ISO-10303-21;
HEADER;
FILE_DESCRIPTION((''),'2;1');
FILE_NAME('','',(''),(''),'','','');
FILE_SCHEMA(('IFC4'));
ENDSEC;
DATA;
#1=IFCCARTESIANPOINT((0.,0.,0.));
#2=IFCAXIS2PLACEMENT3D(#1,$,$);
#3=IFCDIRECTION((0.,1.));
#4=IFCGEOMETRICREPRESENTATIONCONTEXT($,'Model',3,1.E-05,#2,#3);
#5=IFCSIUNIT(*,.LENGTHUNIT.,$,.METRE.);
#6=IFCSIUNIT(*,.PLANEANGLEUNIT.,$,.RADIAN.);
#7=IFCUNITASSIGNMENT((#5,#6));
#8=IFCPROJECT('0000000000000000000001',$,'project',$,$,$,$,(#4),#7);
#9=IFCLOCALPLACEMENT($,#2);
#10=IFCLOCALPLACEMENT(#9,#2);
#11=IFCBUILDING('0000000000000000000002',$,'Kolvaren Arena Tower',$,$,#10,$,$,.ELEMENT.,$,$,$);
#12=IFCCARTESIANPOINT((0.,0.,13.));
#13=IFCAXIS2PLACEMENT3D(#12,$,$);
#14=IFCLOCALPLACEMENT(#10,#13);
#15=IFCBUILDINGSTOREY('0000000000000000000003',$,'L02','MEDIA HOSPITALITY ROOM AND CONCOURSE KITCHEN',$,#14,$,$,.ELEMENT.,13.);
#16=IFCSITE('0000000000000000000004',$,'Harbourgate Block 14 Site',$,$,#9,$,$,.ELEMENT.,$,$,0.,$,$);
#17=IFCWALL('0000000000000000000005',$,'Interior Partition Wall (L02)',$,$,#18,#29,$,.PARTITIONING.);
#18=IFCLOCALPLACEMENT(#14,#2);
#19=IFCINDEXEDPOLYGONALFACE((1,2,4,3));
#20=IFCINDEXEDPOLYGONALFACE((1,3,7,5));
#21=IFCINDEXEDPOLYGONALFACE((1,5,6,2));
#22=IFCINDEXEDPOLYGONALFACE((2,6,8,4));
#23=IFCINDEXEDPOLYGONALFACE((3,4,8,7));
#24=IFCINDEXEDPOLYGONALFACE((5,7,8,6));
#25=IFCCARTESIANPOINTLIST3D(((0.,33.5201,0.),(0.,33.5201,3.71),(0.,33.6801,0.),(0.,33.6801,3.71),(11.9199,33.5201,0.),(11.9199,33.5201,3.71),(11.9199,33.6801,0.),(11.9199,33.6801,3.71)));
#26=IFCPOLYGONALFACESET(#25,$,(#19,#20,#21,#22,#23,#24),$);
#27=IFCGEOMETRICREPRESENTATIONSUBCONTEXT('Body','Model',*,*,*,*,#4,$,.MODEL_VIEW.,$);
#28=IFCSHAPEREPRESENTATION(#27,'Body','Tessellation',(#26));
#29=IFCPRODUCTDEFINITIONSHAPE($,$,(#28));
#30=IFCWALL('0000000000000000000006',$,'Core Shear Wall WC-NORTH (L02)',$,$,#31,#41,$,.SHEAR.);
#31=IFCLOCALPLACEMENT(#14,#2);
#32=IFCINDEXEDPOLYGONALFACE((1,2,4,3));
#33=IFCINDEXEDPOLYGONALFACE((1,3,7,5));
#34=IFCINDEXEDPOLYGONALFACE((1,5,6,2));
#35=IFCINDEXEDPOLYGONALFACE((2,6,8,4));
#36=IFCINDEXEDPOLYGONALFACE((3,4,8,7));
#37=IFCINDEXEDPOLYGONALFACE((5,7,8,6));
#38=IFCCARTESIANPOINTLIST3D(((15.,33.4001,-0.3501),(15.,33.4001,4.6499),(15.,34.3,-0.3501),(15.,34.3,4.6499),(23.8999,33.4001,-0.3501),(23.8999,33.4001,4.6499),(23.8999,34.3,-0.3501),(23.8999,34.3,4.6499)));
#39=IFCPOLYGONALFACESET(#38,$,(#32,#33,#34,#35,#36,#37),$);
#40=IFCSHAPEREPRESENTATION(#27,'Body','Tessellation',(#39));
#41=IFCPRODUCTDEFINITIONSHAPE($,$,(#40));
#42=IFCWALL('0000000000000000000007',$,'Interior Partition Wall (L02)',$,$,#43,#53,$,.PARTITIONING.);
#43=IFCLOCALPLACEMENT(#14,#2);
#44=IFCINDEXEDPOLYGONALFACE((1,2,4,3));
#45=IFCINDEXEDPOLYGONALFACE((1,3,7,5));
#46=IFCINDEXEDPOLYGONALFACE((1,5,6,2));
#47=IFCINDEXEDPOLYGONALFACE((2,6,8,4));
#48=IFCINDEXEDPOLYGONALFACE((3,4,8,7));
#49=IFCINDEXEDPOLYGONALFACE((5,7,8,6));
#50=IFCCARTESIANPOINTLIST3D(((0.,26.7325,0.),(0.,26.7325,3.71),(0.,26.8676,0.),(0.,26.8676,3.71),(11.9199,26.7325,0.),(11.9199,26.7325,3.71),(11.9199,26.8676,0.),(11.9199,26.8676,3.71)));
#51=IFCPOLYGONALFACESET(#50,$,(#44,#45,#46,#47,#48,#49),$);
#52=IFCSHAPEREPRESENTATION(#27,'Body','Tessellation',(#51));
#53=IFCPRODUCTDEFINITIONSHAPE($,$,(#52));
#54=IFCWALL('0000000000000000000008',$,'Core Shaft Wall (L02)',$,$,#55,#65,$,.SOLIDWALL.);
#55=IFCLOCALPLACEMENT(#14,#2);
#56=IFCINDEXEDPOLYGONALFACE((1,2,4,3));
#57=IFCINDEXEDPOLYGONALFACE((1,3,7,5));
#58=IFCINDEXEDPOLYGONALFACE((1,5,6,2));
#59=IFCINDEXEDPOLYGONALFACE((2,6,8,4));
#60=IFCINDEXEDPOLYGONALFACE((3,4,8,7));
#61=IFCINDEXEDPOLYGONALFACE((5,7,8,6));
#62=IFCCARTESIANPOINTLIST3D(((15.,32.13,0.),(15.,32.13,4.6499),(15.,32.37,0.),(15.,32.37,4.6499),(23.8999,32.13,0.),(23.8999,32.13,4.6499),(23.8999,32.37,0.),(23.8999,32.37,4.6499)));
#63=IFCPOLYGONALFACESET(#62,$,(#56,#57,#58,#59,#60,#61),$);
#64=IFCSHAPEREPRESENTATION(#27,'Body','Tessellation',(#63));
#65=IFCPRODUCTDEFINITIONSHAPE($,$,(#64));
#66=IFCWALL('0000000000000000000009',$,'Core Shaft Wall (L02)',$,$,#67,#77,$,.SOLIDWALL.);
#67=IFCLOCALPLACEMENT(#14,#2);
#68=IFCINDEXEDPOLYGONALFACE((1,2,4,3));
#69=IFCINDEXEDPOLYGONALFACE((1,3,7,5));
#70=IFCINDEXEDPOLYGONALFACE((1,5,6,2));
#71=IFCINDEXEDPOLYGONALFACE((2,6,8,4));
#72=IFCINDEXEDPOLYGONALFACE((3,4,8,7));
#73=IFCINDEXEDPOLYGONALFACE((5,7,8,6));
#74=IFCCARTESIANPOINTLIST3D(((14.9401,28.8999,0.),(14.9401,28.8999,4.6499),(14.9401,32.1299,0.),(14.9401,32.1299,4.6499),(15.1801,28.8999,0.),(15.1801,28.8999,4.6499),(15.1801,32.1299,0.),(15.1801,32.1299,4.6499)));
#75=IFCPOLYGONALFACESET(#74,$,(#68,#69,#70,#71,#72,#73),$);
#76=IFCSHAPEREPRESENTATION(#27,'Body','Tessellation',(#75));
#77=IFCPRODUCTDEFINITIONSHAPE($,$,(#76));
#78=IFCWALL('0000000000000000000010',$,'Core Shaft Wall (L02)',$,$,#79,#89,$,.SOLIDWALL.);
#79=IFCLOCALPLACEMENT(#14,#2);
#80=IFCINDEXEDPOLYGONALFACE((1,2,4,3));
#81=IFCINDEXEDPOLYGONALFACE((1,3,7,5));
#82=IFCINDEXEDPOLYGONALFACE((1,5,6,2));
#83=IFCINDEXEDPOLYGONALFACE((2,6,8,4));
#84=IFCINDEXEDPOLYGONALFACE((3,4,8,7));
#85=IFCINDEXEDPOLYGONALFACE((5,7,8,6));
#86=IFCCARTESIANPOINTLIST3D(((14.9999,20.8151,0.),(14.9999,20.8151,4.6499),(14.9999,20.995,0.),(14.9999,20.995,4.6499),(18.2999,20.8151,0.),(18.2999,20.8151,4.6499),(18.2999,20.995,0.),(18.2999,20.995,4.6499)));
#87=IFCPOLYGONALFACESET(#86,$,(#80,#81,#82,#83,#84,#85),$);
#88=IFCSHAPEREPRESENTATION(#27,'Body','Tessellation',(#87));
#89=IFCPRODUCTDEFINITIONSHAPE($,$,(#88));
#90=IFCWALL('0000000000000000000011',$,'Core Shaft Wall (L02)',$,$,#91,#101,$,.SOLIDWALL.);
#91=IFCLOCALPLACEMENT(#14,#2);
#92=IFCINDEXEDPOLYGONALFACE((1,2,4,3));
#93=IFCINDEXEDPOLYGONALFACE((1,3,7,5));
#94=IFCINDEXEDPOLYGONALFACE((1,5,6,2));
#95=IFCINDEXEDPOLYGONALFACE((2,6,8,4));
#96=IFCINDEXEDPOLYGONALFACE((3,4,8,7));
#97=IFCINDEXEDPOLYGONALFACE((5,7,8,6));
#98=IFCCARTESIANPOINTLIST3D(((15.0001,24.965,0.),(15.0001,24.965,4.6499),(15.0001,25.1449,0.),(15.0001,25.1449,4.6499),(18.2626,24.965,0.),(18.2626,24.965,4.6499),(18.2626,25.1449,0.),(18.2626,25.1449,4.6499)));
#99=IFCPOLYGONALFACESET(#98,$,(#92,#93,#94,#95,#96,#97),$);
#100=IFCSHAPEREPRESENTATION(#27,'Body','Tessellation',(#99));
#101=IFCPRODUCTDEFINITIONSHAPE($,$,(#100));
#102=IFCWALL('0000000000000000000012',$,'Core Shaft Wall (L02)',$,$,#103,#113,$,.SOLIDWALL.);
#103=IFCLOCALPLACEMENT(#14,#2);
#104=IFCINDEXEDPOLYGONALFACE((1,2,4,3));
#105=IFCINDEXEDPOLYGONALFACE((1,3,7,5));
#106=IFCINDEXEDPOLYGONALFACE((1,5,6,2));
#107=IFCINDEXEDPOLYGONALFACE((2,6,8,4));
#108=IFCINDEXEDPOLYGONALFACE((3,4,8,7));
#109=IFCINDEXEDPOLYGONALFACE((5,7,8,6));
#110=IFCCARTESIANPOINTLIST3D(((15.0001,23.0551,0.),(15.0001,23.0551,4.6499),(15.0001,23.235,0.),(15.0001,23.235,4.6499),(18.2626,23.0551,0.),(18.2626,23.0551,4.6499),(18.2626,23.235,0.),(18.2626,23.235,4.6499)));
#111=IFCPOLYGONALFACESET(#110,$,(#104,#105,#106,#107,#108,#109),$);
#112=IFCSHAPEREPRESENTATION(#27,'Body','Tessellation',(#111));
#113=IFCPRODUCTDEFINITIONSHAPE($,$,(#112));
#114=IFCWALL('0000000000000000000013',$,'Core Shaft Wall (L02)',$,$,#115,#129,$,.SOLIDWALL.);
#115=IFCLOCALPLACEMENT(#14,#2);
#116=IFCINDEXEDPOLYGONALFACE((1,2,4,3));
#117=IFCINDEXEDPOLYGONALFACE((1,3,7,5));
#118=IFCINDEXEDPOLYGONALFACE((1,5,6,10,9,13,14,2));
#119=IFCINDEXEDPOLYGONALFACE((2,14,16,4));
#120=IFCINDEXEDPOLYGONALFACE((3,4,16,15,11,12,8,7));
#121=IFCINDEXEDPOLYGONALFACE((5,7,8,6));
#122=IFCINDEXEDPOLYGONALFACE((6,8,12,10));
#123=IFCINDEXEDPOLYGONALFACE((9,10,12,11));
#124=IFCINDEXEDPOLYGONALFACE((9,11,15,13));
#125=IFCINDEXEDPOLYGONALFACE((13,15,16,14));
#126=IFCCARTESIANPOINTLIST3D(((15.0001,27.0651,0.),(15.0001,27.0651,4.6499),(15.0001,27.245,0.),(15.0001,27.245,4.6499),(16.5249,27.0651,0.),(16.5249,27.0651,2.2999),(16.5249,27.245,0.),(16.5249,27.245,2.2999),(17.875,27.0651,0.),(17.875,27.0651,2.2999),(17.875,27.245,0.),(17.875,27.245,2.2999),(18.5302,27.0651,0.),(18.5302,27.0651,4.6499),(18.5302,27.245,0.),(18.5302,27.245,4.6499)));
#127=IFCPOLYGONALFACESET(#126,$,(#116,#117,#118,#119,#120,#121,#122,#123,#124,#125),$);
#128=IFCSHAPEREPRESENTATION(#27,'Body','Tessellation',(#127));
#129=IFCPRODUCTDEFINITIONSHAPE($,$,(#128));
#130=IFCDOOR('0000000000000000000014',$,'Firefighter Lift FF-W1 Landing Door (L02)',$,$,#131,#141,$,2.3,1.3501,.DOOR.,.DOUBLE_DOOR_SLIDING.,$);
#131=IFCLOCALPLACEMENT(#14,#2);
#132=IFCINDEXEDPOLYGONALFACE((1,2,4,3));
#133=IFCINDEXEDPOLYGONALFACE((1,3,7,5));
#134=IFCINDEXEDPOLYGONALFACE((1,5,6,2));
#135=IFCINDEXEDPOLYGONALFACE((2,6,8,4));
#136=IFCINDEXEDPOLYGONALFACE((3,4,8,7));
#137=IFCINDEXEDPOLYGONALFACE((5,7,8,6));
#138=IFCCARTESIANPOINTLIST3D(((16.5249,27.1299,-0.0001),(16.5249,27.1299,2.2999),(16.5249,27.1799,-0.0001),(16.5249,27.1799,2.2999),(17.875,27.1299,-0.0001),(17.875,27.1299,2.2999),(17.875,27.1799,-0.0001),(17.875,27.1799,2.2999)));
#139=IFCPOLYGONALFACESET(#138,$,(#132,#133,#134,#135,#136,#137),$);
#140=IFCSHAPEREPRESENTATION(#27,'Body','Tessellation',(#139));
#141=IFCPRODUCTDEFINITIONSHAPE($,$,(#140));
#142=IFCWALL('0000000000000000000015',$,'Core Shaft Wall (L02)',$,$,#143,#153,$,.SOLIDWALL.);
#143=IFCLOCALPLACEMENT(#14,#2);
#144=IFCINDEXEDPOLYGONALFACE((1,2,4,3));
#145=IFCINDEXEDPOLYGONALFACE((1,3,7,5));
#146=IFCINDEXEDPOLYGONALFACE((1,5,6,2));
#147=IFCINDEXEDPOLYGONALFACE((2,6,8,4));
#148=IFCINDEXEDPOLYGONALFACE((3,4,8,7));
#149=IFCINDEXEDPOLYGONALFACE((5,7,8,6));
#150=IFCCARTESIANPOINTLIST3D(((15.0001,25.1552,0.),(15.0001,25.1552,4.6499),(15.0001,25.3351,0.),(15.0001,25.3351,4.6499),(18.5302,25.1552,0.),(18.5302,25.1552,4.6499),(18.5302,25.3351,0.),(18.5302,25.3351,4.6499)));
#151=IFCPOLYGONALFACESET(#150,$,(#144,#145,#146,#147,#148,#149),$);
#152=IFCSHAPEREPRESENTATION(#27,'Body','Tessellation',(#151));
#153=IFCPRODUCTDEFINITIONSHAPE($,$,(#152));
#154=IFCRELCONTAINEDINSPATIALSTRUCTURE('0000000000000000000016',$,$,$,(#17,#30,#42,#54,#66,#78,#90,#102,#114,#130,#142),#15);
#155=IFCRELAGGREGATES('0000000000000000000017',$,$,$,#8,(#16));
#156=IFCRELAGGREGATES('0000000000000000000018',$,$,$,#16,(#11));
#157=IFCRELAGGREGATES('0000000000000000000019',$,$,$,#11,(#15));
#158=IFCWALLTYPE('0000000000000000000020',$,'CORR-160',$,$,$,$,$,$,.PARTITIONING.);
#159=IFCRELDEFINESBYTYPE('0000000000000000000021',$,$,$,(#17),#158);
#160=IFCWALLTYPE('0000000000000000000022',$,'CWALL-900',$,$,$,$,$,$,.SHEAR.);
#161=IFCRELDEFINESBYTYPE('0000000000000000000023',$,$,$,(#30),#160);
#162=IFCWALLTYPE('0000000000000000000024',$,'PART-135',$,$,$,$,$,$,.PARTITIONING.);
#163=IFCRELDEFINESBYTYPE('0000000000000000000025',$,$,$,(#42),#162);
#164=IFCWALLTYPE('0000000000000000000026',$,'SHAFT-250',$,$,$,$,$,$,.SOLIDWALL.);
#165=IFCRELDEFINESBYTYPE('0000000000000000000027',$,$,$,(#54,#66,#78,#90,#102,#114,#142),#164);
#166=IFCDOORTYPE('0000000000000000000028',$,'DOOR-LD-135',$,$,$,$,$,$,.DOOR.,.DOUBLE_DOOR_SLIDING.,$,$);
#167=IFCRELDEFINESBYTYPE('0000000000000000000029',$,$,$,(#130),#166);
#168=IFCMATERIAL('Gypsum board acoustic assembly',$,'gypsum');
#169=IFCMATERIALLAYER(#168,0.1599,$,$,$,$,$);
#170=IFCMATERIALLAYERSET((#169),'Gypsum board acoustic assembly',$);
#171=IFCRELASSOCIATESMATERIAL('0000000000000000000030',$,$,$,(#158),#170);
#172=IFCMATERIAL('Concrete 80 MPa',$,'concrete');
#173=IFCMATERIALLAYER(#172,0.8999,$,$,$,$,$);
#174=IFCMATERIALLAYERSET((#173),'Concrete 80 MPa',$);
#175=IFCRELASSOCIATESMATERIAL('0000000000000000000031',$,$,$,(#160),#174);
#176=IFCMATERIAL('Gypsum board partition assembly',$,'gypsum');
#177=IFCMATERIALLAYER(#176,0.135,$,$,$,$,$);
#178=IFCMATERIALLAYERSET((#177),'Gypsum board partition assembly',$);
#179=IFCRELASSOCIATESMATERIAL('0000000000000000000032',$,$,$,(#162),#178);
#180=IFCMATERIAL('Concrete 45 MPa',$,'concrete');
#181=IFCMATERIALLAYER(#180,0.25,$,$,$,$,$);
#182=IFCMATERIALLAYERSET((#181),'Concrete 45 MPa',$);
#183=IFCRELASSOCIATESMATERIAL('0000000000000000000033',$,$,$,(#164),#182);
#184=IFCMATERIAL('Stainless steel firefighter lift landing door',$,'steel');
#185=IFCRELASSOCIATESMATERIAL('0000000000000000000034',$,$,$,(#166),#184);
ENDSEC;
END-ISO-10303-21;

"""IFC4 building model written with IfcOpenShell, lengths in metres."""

from ifc_helpers import new_model, si_unit, direction, frame, frame_2d, origin, place, context, subcontext, project, spatial, rectangle, extrude, material, layer, layer_set, type_object, element, fill, save


model = new_model("IFC4")

# Units and contexts
model_context = context("Model", 3, precision=1e-05, world=origin(), true_north=direction((0.0, 1.0)))
body_context = subcontext(model_context, "Body", "Model", "MODEL_VIEW")
ifc_project = project(units=[si_unit("LENGTHUNIT", "METRE"), si_unit("PLANEANGLEUNIT", "RADIAN")], contexts=[model_context])

# Site, building, storey
site_placement = place(None, origin())
site = spatial("IfcSite", under=ifc_project, at=site_placement, Name="Harbourgate Block 14 Site", CompositionType="ELEMENT", RefElevation=0.0)
building_placement = place(site_placement, origin())
building = spatial("IfcBuilding", under=site, at=building_placement, Name="Kolvaren Arena Tower", CompositionType="ELEMENT")
storey_placement = place(building_placement, frame((0.0, 0.0, 13.0)))
storey = spatial("IfcBuildingStorey", under=building, at=storey_placement, Name="L02", Description="MEDIA HOSPITALITY ROOM AND CONCOURSE KITCHEN", CompositionType="ELEMENT", Elevation=13.0)

# Shared definitions
ifc_material_1 = material(Name="Gypsum board acoustic assembly", Category="gypsum")
ifc_layer_1 = layer(ifc_material_1, 0.1599)
ifc_layer_set_1 = layer_set([ifc_layer_1], Name="Gypsum board acoustic assembly")
wall_type_1 = type_object("IfcWallType", Name="CORR-160", PredefinedType="PARTITIONING", material=ifc_layer_set_1)

# Walls
for number, where, z_axis, x_axis, name in (
    (1, (0.0, 33.6001, 0.0), (0.0, 0.0, 1.0), (1.0, 0.0, 0.0), "Interior Partition Wall (L02)"),
):
    element("IfcWall", number, at=place(storey_placement, frame(where, z_axis=z_axis, x_axis=x_axis)), inside=storey, type_object=wall_type_1, Name=name, PredefinedType="PARTITIONING", context=body_context, shape_type="SweptSolid", body=[
        extrude(rectangle(XDim=11.9199, YDim=0.1599, at=frame_2d((5.96, 0.0))), origin(), (0.0, 0.0, 1.0), 3.71),
    ])
ifc_material_2 = material(Name="Concrete 80 MPa", Category="concrete")
ifc_layer_2 = layer(ifc_material_2, 0.8999)
ifc_layer_set_2 = layer_set([ifc_layer_2], Name="Concrete 80 MPa")
wall_type_2 = type_object("IfcWallType", Name="CWALL-900", PredefinedType="SHEAR", material=ifc_layer_set_2)
wall_1_placement = place(storey_placement, frame((15.0, 33.8501, -0.3501), z_axis=(0.0, 0.0, 1.0), x_axis=(1.0, 0.0, 0.0)))
element("IfcWall", 2, at=wall_1_placement, inside=storey, type_object=wall_type_2, Name="Core Shear Wall WC-NORTH (L02)", PredefinedType="SHEAR", context=body_context, shape_type="SweptSolid", body=[
    extrude(rectangle(XDim=8.8999, YDim=0.8999, at=frame_2d((4.45, 0.0))), origin(), (0.0, 0.0, 1.0), 5.0),
])
ifc_material_3 = material(Name="Gypsum board partition assembly", Category="gypsum")
ifc_layer_3 = layer(ifc_material_3, 0.135)
ifc_layer_set_3 = layer_set([ifc_layer_3], Name="Gypsum board partition assembly")
wall_type_3 = type_object("IfcWallType", Name="PART-135", PredefinedType="PARTITIONING", material=ifc_layer_set_3)
wall_2_placement = place(storey_placement, frame((0.0, 26.8, 0.0), z_axis=(0.0, 0.0, 1.0), x_axis=(1.0, 0.0, 0.0)))
element("IfcWall", 3, at=wall_2_placement, inside=storey, type_object=wall_type_3, Name="Interior Partition Wall (L02)", PredefinedType="PARTITIONING", context=body_context, shape_type="SweptSolid", body=[
    extrude(rectangle(XDim=11.9199, YDim=0.135, at=frame_2d((5.96, 0.0))), origin(), (0.0, 0.0, 1.0), 3.71),
])
ifc_material_4 = material(Name="Concrete 45 MPa", Category="concrete")
ifc_layer_4 = layer(ifc_material_4, 0.25)
ifc_layer_set_4 = layer_set([ifc_layer_4], Name="Concrete 45 MPa")
wall_type_4 = type_object("IfcWallType", Name="SHAFT-250", PredefinedType="SOLIDWALL", material=ifc_layer_set_4)
wall_3_placement = place(storey_placement, frame((15.0, 32.25, 0.0), z_axis=(0.0, 0.0, 1.0), x_axis=(1.0, 0.0, 0.0)))
element("IfcWall", 4, at=wall_3_placement, inside=storey, type_object=wall_type_4, Name="Core Shaft Wall (L02)", PredefinedType="SOLIDWALL", context=body_context, shape_type="SweptSolid", body=[
    extrude(rectangle(XDim=8.8999, YDim=0.24, at=frame_2d((4.45, 0.0))), origin(), (0.0, 0.0, 1.0), 4.6499),
])
wall_4_placement = place(storey_placement, frame((15.0601, 28.8999, 0.0), z_axis=(0.0, 0.0, 1.0), x_axis=(0.0, 1.0, 0.0)))
element("IfcWall", 5, at=wall_4_placement, inside=storey, type_object=wall_type_4, Name="Core Shaft Wall (L02)", PredefinedType="SOLIDWALL", context=body_context, shape_type="SweptSolid", body=[
    extrude(rectangle(XDim=3.23, YDim=0.24, at=frame_2d((1.615, 0.0))), origin(), (0.0, 0.0, 1.0), 4.6499),
])
wall_5_placement = place(storey_placement, frame((15.0, 20.905, 0.0), z_axis=(0.0, 0.0, 1.0), x_axis=(1.0, 0.0, 0.0)))
element("IfcWall", 6, at=wall_5_placement, inside=storey, type_object=wall_type_4, Name="Core Shaft Wall (L02)", PredefinedType="SOLIDWALL", context=body_context, shape_type="SweptSolid", body=[
    extrude(rectangle(XDim=3.3, YDim=0.1799, at=frame_2d((1.6499, 0.0))), origin(), (0.0, 0.0, 1.0), 4.6499),
])
for number, where, z_axis, x_axis, name in (
    (7, (15.0, 25.0549, 0.0), (0.0, 0.0, 1.0), (1.0, 0.0, 0.0), "Core Shaft Wall (L02)"),
    (8, (15.0, 23.145, 0.0), (0.0, 0.0, 1.0), (1.0, 0.0, 0.0), "Core Shaft Wall (L02)"),
):
    element("IfcWall", number, at=place(storey_placement, frame(where, z_axis=z_axis, x_axis=x_axis)), inside=storey, type_object=wall_type_4, Name=name, PredefinedType="SOLIDWALL", context=body_context, shape_type="SweptSolid", body=[
        extrude(rectangle(XDim=3.2625, YDim=0.1799, at=frame_2d((1.6313, 0.0))), origin(), (0.0, 0.0, 1.0), 4.6499),
    ])

# Wall, opening, door
wall_6_placement = place(storey_placement, frame((15.0, 27.155, 0.0), z_axis=(0.0, 0.0, 1.0), x_axis=(1.0, 0.0, 0.0)))
wall_6 = element("IfcWall", 9, at=wall_6_placement, inside=storey, type_object=wall_type_4, Name="Core Shaft Wall (L02)", PredefinedType="SOLIDWALL", context=body_context, shape_type="SweptSolid", body=[
    extrude(rectangle(XDim=3.53, YDim=0.1799, at=frame_2d((1.7651, 0.0))), origin(), (0.0, 0.0, 1.0), 4.6499),
])
opening_1_placement = place(wall_6_placement, frame((1.5249, 0.0, 0.0)))
opening_1 = element("IfcOpeningElement", 10, at=opening_1_placement, cuts=wall_6, PredefinedType="OPENING", context=body_context, shape_type="SweptSolid", body=[
    extrude(rectangle(XDim=1.3501, YDim=2.3, at=frame_2d((0.675, 1.1499))), frame((0.0, 0.0999, 0.0), z_axis=(0.0, -1.0, 0.0), x_axis=(1.0, 0.0, 0.0)), (0.0, 0.0, 1.0), 0.2),
])
ifc_material_5 = material(Name="Stainless steel firefighter lift landing door", Category="steel")
door_type_1 = type_object("IfcDoorType", Name="DOOR-LD-135", OperationType="DOUBLE_DOOR_SLIDING", PredefinedType="DOOR", material=ifc_material_5)
door_1_placement = place(opening_1_placement, origin())
door_1 = element("IfcDoor", 11, at=door_1_placement, inside=storey, type_object=door_type_1, Name="Firefighter Lift FF-W1 Landing Door (L02)", OperationType="DOUBLE_DOOR_SLIDING", OverallHeight=2.3, OverallWidth=1.3501, PredefinedType="DOOR", context=body_context, shape_type="SweptSolid", body=[
    extrude(rectangle(XDim=1.3501, YDim=2.3, at=frame_2d((0.675, 1.1499))), frame((0.0, 0.0249, 0.0), z_axis=(0.0, -1.0, 0.0), x_axis=(1.0, 0.0, 0.0)), (0.0, 0.0, 1.0), 0.05),
])
fill(opening_1, door_1)

# Wall
wall_7_placement = place(storey_placement, frame((15.0, 25.2451, 0.0), z_axis=(0.0, 0.0, 1.0), x_axis=(1.0, 0.0, 0.0)))
element("IfcWall", 12, at=wall_7_placement, inside=storey, type_object=wall_type_4, Name="Core Shaft Wall (L02)", PredefinedType="SOLIDWALL", context=body_context, shape_type="SweptSolid", body=[
    extrude(rectangle(XDim=3.53, YDim=0.1799, at=frame_2d((1.7651, 0.0))), origin(), (0.0, 0.0, 1.0), 4.6499),
])

save(model, "model.ifc")
